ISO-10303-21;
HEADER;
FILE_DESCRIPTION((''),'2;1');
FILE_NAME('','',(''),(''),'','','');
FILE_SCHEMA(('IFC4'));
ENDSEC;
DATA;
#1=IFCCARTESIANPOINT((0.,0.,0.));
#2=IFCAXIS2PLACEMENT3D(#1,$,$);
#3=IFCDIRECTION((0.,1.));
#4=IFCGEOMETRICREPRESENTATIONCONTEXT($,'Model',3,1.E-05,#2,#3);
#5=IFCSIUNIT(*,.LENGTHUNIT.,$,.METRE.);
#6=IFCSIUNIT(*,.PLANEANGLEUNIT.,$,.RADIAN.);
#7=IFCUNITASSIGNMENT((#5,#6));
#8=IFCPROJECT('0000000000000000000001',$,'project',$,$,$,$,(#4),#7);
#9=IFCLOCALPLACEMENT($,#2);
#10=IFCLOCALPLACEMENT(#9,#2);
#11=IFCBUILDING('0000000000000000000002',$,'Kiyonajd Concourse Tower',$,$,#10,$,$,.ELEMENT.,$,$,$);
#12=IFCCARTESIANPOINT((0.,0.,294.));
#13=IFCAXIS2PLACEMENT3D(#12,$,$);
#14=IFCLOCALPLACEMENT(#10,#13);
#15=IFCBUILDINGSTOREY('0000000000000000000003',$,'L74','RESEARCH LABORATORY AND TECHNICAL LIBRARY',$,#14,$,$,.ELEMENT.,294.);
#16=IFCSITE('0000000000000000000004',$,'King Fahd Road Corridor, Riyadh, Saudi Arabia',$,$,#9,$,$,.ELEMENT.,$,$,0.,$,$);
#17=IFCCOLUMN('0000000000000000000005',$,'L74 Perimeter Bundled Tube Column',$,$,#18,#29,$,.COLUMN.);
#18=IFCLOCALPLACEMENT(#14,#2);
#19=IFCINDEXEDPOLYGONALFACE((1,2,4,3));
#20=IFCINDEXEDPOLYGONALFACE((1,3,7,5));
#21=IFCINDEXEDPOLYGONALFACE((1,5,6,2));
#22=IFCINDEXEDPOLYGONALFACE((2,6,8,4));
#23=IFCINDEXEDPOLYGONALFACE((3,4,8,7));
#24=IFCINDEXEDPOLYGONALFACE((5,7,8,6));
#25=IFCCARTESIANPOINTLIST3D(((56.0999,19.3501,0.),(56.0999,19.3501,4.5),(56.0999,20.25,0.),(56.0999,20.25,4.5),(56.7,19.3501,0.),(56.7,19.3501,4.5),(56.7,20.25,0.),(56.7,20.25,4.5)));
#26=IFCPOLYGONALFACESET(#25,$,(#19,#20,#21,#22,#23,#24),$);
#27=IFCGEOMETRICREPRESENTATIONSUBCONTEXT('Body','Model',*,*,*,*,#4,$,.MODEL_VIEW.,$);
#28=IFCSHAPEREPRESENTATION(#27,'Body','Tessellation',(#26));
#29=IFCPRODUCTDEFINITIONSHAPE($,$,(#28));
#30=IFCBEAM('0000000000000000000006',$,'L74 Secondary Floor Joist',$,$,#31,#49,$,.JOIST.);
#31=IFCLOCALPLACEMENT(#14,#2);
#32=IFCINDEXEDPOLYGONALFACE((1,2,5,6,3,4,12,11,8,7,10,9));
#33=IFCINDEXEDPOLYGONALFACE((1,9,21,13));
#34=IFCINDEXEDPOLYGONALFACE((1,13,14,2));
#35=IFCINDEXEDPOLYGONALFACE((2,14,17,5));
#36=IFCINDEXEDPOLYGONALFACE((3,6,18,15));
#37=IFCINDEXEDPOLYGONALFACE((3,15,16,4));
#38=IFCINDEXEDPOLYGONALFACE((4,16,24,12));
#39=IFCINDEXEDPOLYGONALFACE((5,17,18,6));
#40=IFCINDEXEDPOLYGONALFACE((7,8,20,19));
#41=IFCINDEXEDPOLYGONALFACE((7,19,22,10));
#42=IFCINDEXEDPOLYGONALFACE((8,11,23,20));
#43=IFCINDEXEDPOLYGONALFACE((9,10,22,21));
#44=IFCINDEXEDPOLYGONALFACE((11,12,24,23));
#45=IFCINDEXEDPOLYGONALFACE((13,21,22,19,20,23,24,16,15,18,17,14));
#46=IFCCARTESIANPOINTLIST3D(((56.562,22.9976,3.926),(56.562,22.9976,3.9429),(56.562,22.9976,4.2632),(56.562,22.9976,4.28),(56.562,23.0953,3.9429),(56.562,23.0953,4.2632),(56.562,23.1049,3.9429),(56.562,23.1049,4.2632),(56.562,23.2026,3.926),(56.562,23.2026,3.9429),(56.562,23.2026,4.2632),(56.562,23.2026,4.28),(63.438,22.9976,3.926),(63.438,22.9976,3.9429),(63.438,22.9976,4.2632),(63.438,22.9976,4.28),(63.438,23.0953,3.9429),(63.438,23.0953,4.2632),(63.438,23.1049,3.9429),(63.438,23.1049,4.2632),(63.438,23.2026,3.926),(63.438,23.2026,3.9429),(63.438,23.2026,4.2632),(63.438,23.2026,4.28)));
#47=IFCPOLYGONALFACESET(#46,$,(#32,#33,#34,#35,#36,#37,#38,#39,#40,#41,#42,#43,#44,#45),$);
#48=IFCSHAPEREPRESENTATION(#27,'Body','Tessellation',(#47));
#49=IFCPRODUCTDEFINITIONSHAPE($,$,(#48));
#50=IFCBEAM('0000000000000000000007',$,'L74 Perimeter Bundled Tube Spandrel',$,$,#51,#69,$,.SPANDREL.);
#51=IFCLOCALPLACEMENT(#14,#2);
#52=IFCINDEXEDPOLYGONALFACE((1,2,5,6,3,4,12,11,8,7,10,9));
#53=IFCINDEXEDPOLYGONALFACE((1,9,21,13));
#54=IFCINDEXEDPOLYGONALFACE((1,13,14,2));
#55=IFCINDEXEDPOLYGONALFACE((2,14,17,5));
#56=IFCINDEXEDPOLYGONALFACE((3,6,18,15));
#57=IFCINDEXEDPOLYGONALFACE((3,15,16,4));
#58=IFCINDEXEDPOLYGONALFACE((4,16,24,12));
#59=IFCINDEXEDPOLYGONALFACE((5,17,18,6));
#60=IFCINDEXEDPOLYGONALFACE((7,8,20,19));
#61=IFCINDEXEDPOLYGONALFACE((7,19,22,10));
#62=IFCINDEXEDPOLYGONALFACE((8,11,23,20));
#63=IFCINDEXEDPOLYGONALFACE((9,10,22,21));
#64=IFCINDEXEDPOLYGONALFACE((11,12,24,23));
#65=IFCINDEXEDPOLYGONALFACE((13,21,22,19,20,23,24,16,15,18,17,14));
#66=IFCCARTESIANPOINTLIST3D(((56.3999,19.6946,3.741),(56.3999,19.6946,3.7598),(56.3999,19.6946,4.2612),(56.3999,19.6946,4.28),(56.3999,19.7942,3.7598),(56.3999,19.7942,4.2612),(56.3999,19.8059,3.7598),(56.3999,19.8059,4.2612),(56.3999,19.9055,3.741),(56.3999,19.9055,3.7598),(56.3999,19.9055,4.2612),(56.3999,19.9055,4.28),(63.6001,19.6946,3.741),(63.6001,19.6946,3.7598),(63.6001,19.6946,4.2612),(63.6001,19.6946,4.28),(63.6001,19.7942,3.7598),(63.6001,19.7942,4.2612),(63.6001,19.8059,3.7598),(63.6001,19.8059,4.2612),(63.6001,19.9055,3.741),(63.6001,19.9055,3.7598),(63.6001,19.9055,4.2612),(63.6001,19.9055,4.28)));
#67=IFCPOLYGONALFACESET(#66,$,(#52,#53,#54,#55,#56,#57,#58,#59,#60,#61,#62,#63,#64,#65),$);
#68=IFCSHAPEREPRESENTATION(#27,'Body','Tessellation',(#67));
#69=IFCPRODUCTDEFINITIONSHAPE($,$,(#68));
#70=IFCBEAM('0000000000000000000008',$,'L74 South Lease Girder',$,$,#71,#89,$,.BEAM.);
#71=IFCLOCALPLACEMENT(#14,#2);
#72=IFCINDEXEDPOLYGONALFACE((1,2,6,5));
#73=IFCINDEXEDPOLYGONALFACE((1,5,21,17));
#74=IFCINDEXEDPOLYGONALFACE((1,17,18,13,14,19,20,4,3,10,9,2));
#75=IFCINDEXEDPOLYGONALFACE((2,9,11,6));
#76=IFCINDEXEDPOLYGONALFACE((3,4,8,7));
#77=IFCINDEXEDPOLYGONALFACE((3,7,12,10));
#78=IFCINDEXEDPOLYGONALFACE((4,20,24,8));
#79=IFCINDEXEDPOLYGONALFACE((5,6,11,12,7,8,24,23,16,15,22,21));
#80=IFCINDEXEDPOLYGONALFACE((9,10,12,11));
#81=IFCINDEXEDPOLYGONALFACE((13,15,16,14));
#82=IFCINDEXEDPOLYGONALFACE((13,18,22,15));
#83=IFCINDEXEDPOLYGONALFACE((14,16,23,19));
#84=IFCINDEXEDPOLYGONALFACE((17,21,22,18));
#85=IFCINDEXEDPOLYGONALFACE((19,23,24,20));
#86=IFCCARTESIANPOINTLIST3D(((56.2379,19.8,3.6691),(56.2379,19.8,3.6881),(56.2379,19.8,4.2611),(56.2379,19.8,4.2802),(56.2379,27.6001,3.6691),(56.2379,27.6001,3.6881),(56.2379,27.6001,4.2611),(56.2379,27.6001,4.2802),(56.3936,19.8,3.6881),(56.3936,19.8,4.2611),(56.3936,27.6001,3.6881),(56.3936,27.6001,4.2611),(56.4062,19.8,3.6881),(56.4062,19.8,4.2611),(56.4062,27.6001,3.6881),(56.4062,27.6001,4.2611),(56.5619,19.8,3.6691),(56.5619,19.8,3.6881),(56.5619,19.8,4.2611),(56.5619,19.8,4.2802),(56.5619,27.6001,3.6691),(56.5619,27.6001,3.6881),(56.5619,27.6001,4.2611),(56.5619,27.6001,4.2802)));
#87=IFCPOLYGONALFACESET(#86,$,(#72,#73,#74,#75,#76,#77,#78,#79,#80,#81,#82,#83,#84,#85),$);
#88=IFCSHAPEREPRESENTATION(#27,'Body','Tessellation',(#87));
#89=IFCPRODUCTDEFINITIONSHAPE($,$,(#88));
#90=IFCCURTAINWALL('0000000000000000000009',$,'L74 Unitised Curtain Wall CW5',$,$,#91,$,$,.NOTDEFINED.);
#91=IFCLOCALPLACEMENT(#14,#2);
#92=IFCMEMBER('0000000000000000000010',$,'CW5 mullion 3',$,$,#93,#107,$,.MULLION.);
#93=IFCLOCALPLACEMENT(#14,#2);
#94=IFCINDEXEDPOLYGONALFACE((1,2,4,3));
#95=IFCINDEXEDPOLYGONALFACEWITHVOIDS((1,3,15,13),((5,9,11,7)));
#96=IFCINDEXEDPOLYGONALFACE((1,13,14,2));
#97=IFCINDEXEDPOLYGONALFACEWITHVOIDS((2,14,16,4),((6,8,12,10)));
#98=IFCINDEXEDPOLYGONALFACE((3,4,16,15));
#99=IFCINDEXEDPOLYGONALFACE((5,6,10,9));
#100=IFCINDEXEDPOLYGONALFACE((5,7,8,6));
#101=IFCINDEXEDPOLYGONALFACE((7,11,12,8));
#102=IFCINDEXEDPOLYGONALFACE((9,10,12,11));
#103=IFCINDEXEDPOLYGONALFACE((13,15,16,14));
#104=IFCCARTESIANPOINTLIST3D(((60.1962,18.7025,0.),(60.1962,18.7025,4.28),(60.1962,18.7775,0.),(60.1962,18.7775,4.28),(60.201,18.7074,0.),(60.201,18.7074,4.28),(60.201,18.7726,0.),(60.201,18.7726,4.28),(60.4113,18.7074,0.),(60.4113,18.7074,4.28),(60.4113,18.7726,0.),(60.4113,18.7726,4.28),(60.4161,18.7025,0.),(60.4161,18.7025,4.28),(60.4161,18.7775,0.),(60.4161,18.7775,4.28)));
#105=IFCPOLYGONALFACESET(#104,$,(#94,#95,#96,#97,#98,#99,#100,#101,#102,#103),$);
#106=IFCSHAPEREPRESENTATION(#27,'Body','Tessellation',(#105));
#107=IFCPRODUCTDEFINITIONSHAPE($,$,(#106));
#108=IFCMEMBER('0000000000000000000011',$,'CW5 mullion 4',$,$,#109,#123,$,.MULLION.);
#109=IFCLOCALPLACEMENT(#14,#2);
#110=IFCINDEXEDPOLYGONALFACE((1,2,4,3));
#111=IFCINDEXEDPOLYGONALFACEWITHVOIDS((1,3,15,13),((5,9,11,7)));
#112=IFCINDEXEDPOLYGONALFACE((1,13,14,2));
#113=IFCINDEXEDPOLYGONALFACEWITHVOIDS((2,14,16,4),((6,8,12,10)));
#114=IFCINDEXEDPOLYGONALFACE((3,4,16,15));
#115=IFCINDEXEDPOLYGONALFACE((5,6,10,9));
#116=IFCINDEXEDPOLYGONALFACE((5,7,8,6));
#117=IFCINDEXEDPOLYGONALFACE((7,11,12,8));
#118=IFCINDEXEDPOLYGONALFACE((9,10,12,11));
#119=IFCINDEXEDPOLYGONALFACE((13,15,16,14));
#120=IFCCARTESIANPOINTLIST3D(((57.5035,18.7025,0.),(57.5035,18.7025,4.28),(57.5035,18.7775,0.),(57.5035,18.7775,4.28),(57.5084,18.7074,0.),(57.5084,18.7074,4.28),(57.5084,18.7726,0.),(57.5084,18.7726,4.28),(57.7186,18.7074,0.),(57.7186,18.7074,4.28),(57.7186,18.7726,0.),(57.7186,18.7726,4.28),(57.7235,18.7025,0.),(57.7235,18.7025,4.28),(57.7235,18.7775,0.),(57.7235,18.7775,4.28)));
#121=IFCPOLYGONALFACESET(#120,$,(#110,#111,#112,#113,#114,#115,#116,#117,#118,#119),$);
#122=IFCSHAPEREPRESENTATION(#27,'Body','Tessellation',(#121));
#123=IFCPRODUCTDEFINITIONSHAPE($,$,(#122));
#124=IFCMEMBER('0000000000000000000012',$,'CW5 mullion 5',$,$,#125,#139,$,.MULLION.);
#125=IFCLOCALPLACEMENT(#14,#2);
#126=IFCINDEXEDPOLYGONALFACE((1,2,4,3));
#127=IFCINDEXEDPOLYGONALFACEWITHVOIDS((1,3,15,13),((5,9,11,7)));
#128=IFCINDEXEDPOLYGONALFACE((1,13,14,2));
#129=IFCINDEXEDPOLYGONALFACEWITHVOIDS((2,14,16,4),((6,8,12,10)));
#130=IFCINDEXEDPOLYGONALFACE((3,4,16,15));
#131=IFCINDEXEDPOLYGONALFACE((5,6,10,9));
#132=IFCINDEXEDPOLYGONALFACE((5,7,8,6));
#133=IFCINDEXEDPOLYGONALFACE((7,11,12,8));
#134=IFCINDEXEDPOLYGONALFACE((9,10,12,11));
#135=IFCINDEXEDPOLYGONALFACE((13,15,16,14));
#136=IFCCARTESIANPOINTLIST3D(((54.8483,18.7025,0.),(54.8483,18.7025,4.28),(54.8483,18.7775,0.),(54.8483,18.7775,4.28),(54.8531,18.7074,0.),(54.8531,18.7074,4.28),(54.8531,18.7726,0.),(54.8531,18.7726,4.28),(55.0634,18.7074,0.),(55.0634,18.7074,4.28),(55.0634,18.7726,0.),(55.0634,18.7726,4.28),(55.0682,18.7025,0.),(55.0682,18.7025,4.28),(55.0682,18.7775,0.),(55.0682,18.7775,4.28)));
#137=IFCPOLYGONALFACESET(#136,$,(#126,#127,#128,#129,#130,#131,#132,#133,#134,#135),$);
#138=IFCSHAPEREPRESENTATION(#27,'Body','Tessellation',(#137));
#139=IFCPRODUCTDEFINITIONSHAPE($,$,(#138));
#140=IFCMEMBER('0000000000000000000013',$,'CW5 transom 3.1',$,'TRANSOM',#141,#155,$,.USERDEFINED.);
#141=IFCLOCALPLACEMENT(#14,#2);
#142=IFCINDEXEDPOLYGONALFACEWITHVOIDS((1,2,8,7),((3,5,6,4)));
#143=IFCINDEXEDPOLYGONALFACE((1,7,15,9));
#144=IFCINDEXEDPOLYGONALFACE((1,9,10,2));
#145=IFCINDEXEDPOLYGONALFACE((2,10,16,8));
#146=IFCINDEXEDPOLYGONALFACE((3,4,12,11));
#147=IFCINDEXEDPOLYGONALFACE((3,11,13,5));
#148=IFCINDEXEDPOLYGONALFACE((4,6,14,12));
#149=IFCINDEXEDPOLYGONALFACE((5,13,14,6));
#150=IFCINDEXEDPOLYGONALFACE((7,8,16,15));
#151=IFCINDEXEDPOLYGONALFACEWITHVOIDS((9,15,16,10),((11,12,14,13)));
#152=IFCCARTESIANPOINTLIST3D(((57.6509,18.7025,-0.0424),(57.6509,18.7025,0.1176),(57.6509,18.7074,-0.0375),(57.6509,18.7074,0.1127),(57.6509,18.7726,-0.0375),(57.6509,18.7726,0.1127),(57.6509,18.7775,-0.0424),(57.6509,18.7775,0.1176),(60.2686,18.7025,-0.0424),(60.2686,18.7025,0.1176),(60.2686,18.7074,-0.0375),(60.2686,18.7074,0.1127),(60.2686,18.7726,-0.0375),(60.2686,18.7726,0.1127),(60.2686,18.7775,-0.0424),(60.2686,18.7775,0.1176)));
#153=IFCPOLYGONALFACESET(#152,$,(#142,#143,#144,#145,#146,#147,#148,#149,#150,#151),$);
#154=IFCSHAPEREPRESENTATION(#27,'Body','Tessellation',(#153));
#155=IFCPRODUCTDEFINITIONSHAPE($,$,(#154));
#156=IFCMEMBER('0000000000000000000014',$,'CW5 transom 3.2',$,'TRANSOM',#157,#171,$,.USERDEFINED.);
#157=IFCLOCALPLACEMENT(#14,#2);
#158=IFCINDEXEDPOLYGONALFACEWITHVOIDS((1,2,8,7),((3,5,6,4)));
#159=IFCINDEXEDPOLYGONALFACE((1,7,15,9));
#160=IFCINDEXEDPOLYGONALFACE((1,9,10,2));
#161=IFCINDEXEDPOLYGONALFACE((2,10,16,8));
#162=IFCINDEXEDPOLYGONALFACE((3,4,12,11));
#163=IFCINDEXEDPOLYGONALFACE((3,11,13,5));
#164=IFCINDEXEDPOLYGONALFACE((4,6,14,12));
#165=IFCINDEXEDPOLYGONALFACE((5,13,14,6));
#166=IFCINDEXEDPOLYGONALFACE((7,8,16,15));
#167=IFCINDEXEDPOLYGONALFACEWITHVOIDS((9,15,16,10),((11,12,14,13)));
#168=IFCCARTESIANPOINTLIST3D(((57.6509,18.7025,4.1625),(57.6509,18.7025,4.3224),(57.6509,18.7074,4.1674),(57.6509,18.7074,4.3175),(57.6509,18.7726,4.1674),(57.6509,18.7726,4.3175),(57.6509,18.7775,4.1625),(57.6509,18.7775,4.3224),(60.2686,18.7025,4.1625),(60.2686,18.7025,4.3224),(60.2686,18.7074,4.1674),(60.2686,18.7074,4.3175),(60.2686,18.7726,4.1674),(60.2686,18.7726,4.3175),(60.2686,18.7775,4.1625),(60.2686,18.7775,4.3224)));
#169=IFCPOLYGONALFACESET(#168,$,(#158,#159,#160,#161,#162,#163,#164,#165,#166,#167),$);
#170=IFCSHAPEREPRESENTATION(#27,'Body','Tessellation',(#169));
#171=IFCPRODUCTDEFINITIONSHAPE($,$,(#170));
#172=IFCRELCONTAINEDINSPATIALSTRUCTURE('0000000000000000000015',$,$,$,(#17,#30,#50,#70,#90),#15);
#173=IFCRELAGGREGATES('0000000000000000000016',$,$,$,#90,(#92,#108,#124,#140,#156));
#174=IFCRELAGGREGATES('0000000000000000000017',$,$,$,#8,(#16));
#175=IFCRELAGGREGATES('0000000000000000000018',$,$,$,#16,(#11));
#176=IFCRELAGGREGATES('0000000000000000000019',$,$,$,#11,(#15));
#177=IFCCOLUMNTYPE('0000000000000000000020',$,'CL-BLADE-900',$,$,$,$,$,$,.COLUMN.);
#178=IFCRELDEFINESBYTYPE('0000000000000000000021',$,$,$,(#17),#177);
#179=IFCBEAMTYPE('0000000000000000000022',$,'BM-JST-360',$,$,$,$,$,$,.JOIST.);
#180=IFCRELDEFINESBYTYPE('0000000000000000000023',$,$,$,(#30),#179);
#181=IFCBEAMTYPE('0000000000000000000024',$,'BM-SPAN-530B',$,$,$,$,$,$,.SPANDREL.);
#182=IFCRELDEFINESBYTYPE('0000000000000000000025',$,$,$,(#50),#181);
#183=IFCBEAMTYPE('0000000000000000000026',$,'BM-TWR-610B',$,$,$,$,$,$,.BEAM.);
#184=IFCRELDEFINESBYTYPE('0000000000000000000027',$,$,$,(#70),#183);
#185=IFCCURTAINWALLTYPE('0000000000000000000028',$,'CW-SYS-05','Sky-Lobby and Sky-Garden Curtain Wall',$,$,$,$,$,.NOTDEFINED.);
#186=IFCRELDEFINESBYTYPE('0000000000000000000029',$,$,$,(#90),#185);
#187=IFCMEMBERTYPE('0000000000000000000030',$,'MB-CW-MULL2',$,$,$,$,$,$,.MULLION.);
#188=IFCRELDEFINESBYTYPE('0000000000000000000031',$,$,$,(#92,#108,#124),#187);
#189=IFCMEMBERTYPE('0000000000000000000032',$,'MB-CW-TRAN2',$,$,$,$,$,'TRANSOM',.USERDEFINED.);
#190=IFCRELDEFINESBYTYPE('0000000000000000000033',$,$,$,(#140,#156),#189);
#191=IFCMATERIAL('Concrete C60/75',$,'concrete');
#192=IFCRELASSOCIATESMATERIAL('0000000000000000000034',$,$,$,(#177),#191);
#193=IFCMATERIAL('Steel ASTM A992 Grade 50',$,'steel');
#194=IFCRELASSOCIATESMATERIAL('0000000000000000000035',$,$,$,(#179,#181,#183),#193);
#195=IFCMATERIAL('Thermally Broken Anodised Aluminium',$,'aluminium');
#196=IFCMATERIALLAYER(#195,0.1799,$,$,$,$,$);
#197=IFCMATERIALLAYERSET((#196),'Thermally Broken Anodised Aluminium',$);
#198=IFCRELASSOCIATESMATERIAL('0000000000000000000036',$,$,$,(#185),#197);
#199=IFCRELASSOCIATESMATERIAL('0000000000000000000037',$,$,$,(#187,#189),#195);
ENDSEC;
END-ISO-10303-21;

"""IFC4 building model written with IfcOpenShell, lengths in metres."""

from ifc_helpers import new_model, si_unit, direction, frame, origin, origin_2d, place, context, subcontext, project, spatial, rectangle, hollow_rectangle, i_section, extrude, material, layer, layer_set, material_profile, profile_set, type_object, element, aggregate, save


model = new_model("IFC4")

# Units and contexts
model_context = context("Model", 3, precision=1e-05, world=origin(), true_north=direction((0.0, 1.0)))
body_context = subcontext(model_context, "Body", "Model", "MODEL_VIEW")
ifc_project = project(units=[si_unit("LENGTHUNIT", "METRE"), si_unit("PLANEANGLEUNIT", "RADIAN")], contexts=[model_context])

# Site, building, storey
site_placement = place(None, origin())
site = spatial("IfcSite", under=ifc_project, at=site_placement, Name="King Fahd Road Corridor, Riyadh, Saudi Arabia", CompositionType="ELEMENT", RefElevation=0.0)
building_placement = place(site_placement, origin())
building = spatial("IfcBuilding", under=site, at=building_placement, Name="Kiyonajd Concourse Tower", CompositionType="ELEMENT")
storey_placement = place(building_placement, frame((0.0, 0.0, 294.0)))
storey = spatial("IfcBuildingStorey", under=building, at=storey_placement, Name="L74", Description="RESEARCH LABORATORY AND TECHNICAL LIBRARY", CompositionType="ELEMENT", Elevation=294.0)

# Column
ifc_material_1 = material(Name="Concrete C60/75", Category="concrete")
ifc_material_profile_1 = material_profile(ifc_material_1, rectangle(XDim=0.6001, YDim=0.8999, at=origin_2d()), Name="RC-900x600")
ifc_profile_set_1 = profile_set([ifc_material_profile_1], Name="Concrete C60/75")
column_type = type_object("IfcColumnType", Name="CL-BLADE-900", PredefinedType="COLUMN", material=ifc_profile_set_1)
column_placement = place(storey_placement, frame((56.3999, 19.8, 0.0), z_axis=(0.0, 0.0, 1.0), x_axis=(1.0, 0.0, 0.0)))
element("IfcColumn", 1, at=column_placement, inside=storey, type_object=column_type, Name="L74 Perimeter Bundled Tube Column", PredefinedType="COLUMN", context=body_context, shape_type="SweptSolid", body=[
    extrude(rectangle(XDim=0.6001, YDim=0.8999, at=origin_2d()), origin(), (0.0, 0.0, 1.0), 4.5),
])

# Beams
ifc_material_2 = material(Name="Steel ASTM A992 Grade 50", Category="steel")
ifc_material_profile_2 = material_profile(ifc_material_2, i_section(OverallWidth=0.2051, OverallDepth=0.354, WebThickness=0.0095, FlangeThickness=0.0168, at=origin_2d()), Name="W360X79")
ifc_profile_set_2 = profile_set([ifc_material_profile_2], Name="Steel ASTM A992 Grade 50")
beam_type_1 = type_object("IfcBeamType", Name="BM-JST-360", PredefinedType="JOIST", material=ifc_profile_set_2)
beam_1_placement = place(storey_placement, frame((56.562, 23.1001, 4.103), z_axis=(1.0, 0.0, 0.0), x_axis=(0.0, 1.0, 0.0)))
element("IfcBeam", 2, at=beam_1_placement, inside=storey, type_object=beam_type_1, Name="L74 Secondary Floor Joist", PredefinedType="JOIST", context=body_context, shape_type="SweptSolid", body=[
    extrude(i_section(OverallWidth=0.2051, OverallDepth=0.354, WebThickness=0.0095, FlangeThickness=0.0168, at=origin_2d()), origin(), (0.0, 0.0, 1.0), 6.876),
])
ifc_material_profile_3 = material_profile(ifc_material_2, i_section(OverallWidth=0.2109, OverallDepth=0.5391, WebThickness=0.0117, FlangeThickness=0.0188, at=origin_2d()), Name="W530X109")
ifc_profile_set_3 = profile_set([ifc_material_profile_3], Name="Steel ASTM A992 Grade 50")
beam_type_2 = type_object("IfcBeamType", Name="BM-SPAN-530B", PredefinedType="SPANDREL", material=ifc_profile_set_3)
beam_2_placement = place(storey_placement, frame((56.3999, 19.8, 4.0105), z_axis=(1.0, 0.0, 0.0), x_axis=(0.0, 1.0, 0.0)))
element("IfcBeam", 3, at=beam_2_placement, inside=storey, type_object=beam_type_2, Name="L74 Perimeter Bundled Tube Spandrel", PredefinedType="SPANDREL", context=body_context, shape_type="SweptSolid", body=[
    extrude(i_section(OverallWidth=0.2109, OverallDepth=0.5391, WebThickness=0.0117, FlangeThickness=0.0188, at=origin_2d()), origin(), (0.0, 0.0, 1.0), 7.2002),
])
ifc_material_profile_4 = material_profile(ifc_material_2, i_section(OverallWidth=0.324, OverallDepth=0.6111, WebThickness=0.0127, FlangeThickness=0.019, at=origin_2d()), Name="W610X155")
ifc_profile_set_4 = profile_set([ifc_material_profile_4], Name="Steel ASTM A992 Grade 50")
beam_type_3 = type_object("IfcBeamType", Name="BM-TWR-610B", PredefinedType="BEAM", material=ifc_profile_set_4)
beam_3_placement = place(storey_placement, frame((56.3999, 19.8, 3.9746), z_axis=(0.0, 1.0, 0.0), x_axis=(-1.0, 0.0, 0.0)))
element("IfcBeam", 4, at=beam_3_placement, inside=storey, type_object=beam_type_3, Name="L74 South Lease Girder", PredefinedType="BEAM", context=body_context, shape_type="SweptSolid", body=[
    extrude(i_section(OverallWidth=0.324, OverallDepth=0.6111, WebThickness=0.0127, FlangeThickness=0.019, at=origin_2d()), origin(), (0.0, 0.0, 1.0), 7.8),
])

# Curtain wall, members
ifc_material_3 = material(Name="Thermally Broken Anodised Aluminium", Category="aluminium")
ifc_layer_1 = layer(ifc_material_3, 0.1799)
ifc_layer_set_1 = layer_set([ifc_layer_1], Name="Thermally Broken Anodised Aluminium")
curtain_wall_type = type_object("IfcCurtainWallType", Name="CW-SYS-05", Description="Sky-Lobby and Sky-Garden Curtain Wall", PredefinedType="NOTDEFINED", material=ifc_layer_set_1)
curtain_wall_placement = place(storey_placement, origin())
curtain_wall = element("IfcCurtainWall", 5, at=curtain_wall_placement, inside=storey, type_object=curtain_wall_type, Name="L74 Unitised Curtain Wall CW5", PredefinedType="NOTDEFINED")
ifc_material_profile_5 = material_profile(ifc_material_3, hollow_rectangle(XDim=0.075, YDim=0.22, WallThickness=0.0049, at=origin_2d()), Name="MULL-75x220")
ifc_profile_set_5 = profile_set([ifc_material_profile_5], Name="Thermally Broken Anodised Aluminium")
member_type_1 = type_object("IfcMemberType", Name="MB-CW-MULL2", PredefinedType="MULLION", material=ifc_profile_set_5)
member_1_placement = place(storey_placement, frame((60.3062, 18.74, 0.0), z_axis=(0.0, 0.0, 1.0), x_axis=(0.0, -1.0, 0.0)))
member_1 = element("IfcMember", 6, at=member_1_placement, type_object=member_type_1, Name="CW5 mullion 3", PredefinedType="MULLION", context=body_context, shape_type="SweptSolid", body=[
    extrude(hollow_rectangle(XDim=0.075, YDim=0.22, WallThickness=0.0049, at=origin_2d()), origin(), (0.0, 0.0, 1.0), 4.28),
])
member_2_placement = place(storey_placement, frame((57.6135, 18.74, 0.0), z_axis=(0.0, 0.0, 1.0), x_axis=(0.0, -1.0, 0.0)))
member_2 = element("IfcMember", 7, at=member_2_placement, type_object=member_type_1, Name="CW5 mullion 4", PredefinedType="MULLION", context=body_context, shape_type="SweptSolid", body=[
    extrude(hollow_rectangle(XDim=0.075, YDim=0.22, WallThickness=0.0049, at=origin_2d()), origin(), (0.0, 0.0, 1.0), 4.28),
])
member_3_placement = place(storey_placement, frame((54.9583, 18.74, 0.0), z_axis=(0.0, 0.0, 1.0), x_axis=(0.0, -1.0, 0.0)))
member_3 = element("IfcMember", 8, at=member_3_placement, type_object=member_type_1, Name="CW5 mullion 5", PredefinedType="MULLION", context=body_context, shape_type="SweptSolid", body=[
    extrude(hollow_rectangle(XDim=0.075, YDim=0.22, WallThickness=0.0049, at=origin_2d()), origin(), (0.0, 0.0, 1.0), 4.28),
])
ifc_material_profile_6 = material_profile(ifc_material_3, hollow_rectangle(XDim=0.075, YDim=0.1599, WallThickness=0.0049, at=origin_2d()), Name="TRAN-75x160")
ifc_profile_set_6 = profile_set([ifc_material_profile_6], Name="Thermally Broken Anodised Aluminium")
member_type_2 = type_object("IfcMemberType", Name="MB-CW-TRAN2", ElementType="TRANSOM", PredefinedType="USERDEFINED", material=ifc_profile_set_6)
member_4_placement = place(storey_placement, frame((60.2686, 18.74, 0.0376), z_axis=(-1.0, 0.0, 0.0), x_axis=(0.0, -1.0, 0.0)))
member_4 = element("IfcMember", 9, at=member_4_placement, type_object=member_type_2, Name="CW5 transom 3.1", ObjectType="TRANSOM", PredefinedType="USERDEFINED", context=body_context, shape_type="SweptSolid", body=[
    extrude(hollow_rectangle(XDim=0.075, YDim=0.1599, WallThickness=0.0049, at=origin_2d()), origin(), (0.0, 0.0, 1.0), 2.6177),
])
member_5_placement = place(storey_placement, frame((60.2686, 18.74, 4.2424), z_axis=(-1.0, 0.0, 0.0), x_axis=(0.0, -1.0, 0.0)))
member_5 = element("IfcMember", 10, at=member_5_placement, type_object=member_type_2, Name="CW5 transom 3.2", ObjectType="TRANSOM", PredefinedType="USERDEFINED", context=body_context, shape_type="SweptSolid", body=[
    extrude(hollow_rectangle(XDim=0.075, YDim=0.1599, WallThickness=0.0049, at=origin_2d()), origin(), (0.0, 0.0, 1.0), 2.6177),
])

aggregate(curtain_wall, [member_1, member_2, member_3, member_4, member_5])

save(model, "model.ifc")
